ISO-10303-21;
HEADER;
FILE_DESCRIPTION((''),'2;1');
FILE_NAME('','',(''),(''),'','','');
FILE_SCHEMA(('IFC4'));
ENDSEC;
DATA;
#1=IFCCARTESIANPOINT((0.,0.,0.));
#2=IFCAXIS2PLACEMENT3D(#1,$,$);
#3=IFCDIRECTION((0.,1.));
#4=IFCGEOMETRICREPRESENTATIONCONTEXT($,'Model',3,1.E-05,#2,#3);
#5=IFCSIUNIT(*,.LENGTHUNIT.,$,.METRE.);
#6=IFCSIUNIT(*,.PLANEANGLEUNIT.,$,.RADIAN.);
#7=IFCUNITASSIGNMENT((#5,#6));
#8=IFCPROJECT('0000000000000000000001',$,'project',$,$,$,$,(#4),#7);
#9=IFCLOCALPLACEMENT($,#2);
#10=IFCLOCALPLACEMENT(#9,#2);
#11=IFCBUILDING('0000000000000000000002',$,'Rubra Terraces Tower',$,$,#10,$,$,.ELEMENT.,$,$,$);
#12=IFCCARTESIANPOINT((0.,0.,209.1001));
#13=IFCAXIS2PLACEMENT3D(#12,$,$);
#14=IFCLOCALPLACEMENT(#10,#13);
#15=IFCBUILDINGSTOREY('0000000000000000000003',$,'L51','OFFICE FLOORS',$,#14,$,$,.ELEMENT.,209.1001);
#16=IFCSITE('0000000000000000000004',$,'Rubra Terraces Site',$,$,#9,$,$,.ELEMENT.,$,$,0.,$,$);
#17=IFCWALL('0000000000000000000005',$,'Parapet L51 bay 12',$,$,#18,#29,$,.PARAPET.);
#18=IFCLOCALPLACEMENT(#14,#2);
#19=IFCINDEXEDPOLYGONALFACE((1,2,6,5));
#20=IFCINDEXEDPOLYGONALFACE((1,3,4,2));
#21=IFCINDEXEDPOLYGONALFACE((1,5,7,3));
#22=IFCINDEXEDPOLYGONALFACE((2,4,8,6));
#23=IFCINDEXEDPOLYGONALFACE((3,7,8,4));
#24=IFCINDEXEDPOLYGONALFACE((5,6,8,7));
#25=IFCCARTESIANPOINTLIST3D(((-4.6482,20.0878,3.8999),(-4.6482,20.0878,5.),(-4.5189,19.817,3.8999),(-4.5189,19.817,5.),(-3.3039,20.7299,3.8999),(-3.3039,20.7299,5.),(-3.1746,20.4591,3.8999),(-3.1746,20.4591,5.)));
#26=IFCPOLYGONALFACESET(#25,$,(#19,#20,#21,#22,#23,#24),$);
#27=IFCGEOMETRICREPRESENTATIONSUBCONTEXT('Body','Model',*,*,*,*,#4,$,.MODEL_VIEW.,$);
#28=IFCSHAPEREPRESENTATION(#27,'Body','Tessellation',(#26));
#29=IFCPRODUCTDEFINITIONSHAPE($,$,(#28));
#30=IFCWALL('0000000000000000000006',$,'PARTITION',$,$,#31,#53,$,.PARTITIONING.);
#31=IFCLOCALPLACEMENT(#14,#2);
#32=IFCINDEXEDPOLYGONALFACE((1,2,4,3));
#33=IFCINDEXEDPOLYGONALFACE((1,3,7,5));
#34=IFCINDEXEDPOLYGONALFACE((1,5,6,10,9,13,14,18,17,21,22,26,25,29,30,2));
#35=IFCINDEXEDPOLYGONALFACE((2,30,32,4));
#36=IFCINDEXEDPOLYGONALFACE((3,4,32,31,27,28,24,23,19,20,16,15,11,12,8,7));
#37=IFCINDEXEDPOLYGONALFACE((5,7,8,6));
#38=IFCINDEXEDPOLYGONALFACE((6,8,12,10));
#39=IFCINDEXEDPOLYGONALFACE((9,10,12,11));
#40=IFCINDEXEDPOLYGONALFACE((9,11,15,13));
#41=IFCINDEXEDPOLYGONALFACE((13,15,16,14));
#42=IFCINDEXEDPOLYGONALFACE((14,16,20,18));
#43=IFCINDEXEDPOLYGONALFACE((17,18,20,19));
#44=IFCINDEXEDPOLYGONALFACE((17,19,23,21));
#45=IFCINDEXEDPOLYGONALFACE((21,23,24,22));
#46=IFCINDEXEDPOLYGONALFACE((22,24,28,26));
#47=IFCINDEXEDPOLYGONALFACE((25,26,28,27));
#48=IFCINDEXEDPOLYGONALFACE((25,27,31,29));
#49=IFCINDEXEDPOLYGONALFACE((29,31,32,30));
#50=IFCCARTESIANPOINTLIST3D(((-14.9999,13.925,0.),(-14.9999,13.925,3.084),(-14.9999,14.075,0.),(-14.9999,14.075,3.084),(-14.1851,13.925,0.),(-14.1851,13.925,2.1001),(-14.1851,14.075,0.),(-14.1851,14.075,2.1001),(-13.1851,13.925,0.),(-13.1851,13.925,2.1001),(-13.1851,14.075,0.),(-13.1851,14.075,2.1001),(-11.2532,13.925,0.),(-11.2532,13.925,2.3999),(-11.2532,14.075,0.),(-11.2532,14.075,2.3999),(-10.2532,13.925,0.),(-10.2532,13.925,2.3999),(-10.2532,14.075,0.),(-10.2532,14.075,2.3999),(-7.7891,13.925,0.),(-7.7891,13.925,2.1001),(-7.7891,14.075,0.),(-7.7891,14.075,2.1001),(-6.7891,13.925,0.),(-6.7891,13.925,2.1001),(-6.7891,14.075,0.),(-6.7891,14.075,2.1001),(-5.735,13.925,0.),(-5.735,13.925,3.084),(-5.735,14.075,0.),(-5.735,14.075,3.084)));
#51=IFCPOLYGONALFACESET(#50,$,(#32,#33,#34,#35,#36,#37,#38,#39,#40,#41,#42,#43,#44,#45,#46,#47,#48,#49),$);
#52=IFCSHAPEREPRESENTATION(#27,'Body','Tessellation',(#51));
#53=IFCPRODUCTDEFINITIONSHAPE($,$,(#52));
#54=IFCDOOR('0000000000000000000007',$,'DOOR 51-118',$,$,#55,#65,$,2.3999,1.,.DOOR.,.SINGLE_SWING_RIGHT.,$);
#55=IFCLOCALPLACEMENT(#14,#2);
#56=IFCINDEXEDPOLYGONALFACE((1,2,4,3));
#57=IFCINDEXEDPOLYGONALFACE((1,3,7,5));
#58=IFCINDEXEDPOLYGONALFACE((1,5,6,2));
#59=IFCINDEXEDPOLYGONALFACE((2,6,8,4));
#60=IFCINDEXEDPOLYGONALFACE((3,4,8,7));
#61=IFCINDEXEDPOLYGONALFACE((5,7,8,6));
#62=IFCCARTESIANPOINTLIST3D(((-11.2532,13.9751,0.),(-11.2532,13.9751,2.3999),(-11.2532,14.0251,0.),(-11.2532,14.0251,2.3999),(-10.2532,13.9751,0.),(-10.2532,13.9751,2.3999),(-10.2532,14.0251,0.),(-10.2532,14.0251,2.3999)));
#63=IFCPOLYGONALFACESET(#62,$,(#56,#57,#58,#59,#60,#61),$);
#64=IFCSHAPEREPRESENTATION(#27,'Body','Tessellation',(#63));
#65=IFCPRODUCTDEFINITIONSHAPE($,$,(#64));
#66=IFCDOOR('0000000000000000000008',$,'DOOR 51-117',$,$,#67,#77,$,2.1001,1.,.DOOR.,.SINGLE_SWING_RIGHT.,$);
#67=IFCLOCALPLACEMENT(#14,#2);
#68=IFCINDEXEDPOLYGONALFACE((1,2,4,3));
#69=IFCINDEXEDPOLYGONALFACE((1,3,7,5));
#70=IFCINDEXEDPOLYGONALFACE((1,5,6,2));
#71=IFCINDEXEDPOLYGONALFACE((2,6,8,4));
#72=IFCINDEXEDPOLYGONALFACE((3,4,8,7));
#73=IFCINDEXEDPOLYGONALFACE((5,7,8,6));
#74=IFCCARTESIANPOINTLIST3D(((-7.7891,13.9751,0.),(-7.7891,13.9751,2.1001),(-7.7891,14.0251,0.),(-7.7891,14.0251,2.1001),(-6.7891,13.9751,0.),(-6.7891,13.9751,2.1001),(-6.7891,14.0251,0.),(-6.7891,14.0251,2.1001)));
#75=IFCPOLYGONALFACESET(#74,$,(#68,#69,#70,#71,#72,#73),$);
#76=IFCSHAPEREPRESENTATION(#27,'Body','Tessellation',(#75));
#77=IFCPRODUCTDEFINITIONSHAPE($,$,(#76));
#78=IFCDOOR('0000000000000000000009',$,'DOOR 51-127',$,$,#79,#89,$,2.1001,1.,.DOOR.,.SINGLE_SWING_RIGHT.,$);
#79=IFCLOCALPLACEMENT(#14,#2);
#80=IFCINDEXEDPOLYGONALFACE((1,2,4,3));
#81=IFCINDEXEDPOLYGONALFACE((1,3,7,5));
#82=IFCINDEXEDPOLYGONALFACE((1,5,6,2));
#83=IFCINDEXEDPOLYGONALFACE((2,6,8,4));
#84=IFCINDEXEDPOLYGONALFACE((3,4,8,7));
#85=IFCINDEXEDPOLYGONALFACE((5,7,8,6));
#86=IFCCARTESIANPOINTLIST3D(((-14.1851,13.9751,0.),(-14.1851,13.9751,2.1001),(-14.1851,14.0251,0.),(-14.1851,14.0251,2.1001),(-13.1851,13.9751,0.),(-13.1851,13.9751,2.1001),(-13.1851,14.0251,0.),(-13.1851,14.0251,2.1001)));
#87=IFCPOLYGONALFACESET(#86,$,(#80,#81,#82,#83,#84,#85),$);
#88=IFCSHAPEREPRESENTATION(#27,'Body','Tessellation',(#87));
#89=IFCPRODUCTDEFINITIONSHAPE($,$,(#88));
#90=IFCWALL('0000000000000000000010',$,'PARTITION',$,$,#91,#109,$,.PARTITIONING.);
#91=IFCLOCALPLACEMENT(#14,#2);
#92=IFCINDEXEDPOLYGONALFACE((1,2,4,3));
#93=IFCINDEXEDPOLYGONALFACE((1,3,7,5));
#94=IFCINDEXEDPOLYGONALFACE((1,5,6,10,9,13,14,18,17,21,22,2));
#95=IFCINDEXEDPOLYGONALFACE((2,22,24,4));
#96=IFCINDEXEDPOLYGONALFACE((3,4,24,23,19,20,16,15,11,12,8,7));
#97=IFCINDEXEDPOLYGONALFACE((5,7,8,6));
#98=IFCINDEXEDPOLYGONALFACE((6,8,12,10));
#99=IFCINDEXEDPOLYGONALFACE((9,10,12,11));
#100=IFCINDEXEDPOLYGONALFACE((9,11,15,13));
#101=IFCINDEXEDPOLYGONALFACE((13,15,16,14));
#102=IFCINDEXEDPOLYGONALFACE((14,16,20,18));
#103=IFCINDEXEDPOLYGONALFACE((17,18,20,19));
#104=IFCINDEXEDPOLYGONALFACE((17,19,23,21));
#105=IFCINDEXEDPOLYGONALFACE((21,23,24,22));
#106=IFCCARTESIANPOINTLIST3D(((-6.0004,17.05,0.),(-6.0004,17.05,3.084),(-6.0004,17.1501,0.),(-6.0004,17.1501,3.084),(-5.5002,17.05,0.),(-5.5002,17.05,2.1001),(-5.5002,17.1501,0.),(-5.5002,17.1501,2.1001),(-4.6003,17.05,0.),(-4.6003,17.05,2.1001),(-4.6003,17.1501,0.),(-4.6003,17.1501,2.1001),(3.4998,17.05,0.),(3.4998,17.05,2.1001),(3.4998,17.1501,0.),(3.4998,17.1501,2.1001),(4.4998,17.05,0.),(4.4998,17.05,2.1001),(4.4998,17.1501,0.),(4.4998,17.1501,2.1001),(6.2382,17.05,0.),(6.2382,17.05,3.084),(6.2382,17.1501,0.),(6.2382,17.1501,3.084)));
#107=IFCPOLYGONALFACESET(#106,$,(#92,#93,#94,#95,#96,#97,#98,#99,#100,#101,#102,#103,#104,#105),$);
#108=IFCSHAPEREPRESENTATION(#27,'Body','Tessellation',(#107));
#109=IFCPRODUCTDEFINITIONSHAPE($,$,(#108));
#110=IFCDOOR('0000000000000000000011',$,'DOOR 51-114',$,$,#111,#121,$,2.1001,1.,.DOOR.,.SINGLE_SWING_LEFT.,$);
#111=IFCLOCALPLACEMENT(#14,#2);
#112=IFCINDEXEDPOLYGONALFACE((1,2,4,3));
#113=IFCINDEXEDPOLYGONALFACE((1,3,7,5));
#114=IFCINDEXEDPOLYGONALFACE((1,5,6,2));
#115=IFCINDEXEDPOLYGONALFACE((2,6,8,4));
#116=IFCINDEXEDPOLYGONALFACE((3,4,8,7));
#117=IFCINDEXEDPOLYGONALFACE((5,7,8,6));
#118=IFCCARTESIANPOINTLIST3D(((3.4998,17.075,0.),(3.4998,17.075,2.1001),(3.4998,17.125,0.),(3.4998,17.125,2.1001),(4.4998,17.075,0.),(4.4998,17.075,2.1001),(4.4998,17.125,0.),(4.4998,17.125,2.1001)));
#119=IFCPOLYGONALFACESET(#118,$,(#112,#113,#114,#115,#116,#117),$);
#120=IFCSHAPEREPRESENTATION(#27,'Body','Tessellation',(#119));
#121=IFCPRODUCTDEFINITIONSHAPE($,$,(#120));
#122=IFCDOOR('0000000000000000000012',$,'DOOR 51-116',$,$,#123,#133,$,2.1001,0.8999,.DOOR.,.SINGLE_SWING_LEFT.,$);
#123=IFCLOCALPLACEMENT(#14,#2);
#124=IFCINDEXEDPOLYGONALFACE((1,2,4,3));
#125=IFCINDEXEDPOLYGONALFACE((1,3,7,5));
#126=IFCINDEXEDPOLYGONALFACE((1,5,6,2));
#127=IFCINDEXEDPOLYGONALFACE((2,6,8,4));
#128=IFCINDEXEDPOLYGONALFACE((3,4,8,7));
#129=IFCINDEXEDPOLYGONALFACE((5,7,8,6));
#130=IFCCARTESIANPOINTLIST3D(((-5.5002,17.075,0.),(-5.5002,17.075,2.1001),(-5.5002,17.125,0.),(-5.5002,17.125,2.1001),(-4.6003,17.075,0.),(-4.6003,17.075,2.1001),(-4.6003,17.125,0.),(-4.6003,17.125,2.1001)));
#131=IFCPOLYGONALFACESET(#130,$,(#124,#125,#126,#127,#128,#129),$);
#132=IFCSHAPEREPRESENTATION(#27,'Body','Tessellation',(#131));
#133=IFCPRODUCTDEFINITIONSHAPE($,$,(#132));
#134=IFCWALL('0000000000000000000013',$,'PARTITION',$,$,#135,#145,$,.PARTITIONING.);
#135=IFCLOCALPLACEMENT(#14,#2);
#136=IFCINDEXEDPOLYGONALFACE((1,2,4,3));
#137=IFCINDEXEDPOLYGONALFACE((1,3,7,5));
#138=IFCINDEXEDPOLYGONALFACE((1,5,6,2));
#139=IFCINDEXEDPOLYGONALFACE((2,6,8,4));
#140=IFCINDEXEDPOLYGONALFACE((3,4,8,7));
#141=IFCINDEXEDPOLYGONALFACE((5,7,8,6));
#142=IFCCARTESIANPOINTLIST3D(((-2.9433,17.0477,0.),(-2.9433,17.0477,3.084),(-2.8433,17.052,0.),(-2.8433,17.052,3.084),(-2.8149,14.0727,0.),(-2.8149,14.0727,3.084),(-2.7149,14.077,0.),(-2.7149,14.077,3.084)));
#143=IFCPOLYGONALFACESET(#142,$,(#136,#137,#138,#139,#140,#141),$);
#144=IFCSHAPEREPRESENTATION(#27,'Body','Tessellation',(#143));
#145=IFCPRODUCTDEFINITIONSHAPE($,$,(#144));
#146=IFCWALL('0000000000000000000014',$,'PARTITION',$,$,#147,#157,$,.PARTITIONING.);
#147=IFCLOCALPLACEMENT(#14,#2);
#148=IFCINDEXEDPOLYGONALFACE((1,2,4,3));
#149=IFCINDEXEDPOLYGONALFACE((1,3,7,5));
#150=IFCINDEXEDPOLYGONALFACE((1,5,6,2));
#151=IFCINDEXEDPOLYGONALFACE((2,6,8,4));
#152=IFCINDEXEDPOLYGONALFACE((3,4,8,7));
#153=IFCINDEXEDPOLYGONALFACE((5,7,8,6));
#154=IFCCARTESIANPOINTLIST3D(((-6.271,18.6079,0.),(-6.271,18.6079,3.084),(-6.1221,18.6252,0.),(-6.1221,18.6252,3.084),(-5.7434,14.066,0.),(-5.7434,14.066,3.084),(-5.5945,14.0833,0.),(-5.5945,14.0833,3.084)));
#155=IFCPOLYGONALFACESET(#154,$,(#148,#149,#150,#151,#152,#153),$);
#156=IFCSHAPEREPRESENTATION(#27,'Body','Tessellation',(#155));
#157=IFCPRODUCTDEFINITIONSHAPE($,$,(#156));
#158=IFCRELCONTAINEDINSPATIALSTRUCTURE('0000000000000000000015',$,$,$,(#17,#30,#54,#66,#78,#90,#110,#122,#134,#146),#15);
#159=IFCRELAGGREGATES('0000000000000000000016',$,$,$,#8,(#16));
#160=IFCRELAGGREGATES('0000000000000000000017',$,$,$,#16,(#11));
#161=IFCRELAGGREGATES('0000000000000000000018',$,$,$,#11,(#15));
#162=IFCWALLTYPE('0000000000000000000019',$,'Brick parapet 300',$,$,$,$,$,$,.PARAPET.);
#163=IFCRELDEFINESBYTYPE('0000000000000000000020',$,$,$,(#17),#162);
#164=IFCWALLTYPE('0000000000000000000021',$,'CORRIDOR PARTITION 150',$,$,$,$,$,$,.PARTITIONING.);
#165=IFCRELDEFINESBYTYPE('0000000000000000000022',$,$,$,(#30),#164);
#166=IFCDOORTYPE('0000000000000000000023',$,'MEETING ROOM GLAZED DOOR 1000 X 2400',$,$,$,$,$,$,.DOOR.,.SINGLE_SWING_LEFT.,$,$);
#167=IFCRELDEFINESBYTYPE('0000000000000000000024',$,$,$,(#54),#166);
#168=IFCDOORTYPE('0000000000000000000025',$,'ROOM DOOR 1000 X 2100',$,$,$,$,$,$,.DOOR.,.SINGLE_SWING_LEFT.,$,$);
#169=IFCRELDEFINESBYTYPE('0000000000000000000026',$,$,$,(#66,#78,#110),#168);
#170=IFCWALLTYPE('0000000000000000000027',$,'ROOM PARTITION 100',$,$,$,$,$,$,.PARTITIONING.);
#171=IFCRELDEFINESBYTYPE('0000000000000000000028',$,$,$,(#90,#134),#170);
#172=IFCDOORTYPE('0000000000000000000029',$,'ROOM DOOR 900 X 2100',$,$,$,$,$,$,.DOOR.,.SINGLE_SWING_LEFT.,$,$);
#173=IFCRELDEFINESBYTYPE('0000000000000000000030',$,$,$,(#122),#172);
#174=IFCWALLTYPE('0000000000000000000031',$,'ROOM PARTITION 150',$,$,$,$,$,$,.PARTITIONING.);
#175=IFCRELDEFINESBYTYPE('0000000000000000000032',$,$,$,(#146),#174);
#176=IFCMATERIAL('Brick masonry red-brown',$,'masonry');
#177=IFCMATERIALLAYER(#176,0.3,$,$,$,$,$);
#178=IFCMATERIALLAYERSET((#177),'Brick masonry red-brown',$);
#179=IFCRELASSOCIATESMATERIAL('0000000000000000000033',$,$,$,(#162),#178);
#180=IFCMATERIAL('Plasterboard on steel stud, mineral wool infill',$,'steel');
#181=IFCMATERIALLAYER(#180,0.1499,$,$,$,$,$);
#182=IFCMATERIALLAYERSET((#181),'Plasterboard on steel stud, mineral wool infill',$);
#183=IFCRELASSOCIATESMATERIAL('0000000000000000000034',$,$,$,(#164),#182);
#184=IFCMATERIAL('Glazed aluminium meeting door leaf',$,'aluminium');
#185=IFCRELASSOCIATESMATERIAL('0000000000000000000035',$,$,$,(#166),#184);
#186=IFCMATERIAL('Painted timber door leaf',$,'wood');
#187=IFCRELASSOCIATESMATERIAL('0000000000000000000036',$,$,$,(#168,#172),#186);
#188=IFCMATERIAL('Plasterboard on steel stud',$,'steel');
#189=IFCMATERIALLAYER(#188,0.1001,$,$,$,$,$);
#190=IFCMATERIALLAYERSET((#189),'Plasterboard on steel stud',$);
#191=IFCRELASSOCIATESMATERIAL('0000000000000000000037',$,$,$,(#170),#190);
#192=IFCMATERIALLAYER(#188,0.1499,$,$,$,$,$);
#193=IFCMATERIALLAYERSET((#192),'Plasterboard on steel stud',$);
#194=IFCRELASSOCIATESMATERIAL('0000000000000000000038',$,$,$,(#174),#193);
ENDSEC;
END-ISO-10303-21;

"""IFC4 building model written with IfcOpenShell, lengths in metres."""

from ifc_helpers import new_model, si_unit, direction, frame, frame_2d, origin, place, context, subcontext, project, spatial, rectangle, extrude, material, layer, layer_set, type_object, element, fill, save


model = new_model("IFC4")

# Units and contexts
model_context = context("Model", 3, precision=1e-05, world=origin(), true_north=direction((0.0, 1.0)))
body_context = subcontext(model_context, "Body", "Model", "MODEL_VIEW")
ifc_project = project(units=[si_unit("LENGTHUNIT", "METRE"), si_unit("PLANEANGLEUNIT", "RADIAN")], contexts=[model_context])

# Site, building, storey
site_placement = place(None, origin())
site = spatial("IfcSite", under=ifc_project, at=site_placement, Name="Rubra Terraces Site", CompositionType="ELEMENT", RefElevation=0.0)
building_placement = place(site_placement, origin())
building = spatial("IfcBuilding", under=site, at=building_placement, Name="Rubra Terraces Tower", CompositionType="ELEMENT")
storey_placement = place(building_placement, frame((0.0, 0.0, 209.1001)))
storey = spatial("IfcBuildingStorey", under=building, at=storey_placement, Name="L51", Description="OFFICE FLOORS", CompositionType="ELEMENT", Elevation=209.1001)

# Shared definitions
ifc_material_1 = material(Name="Brick masonry red-brown", Category="masonry")

# Wall
ifc_layer_1 = layer(ifc_material_1, 0.3)
ifc_layer_set_1 = layer_set([ifc_layer_1], Name="Brick masonry red-brown")
wall_type_1 = type_object("IfcWallType", Name="Brick parapet 300", PredefinedType="PARAPET", material=ifc_layer_set_1)
wall_1_placement = place(storey_placement, frame((-3.2393, 20.5945, 3.8999), z_axis=(0.0, 0.0, 1.0), x_axis=(-0.902345, -0.431015, 0.0)))
element("IfcWall", 1, at=wall_1_placement, inside=storey, type_object=wall_type_1, Name="Parapet L51 bay 12", PredefinedType="PARAPET", context=body_context, shape_type="SweptSolid", body=[
    extrude(rectangle(XDim=1.4897, YDim=0.3, at=frame_2d((0.7449, 0.0))), origin(), (0.0, 0.0, 1.0), 1.1001),
])

# Walls, openings, doors
ifc_material_2 = material(Name="Plasterboard on steel stud, mineral wool infill", Category="steel")
ifc_layer_2 = layer(ifc_material_2, 0.1499)
ifc_layer_set_2 = layer_set([ifc_layer_2], Name="Plasterboard on steel stud, mineral wool infill")
wall_type_2 = type_object("IfcWallType", Name="CORRIDOR PARTITION 150", PredefinedType="PARTITIONING", material=ifc_layer_set_2)
wall_2_placement = place(storey_placement, frame((-5.7351, 14.0, 0.0), z_axis=(0.0, 0.0, 1.0), x_axis=(-1.0, 0.0, 0.0)))
wall_2 = element("IfcWall", 2, at=wall_2_placement, inside=storey, type_object=wall_type_2, Name="PARTITION", PredefinedType="PARTITIONING", context=body_context, shape_type="SweptSolid", body=[
    extrude(rectangle(XDim=9.2649, YDim=0.1499, at=frame_2d((4.6323, 0.0))), origin(), (0.0, 0.0, 1.0), 3.084),
])
opening_1_placement = place(wall_2_placement, frame((1.054, 0.0, 0.0)))
opening_1 = element("IfcOpeningElement", 3, at=opening_1_placement, cuts=wall_2, PredefinedType="OPENING", context=body_context, shape_type="SweptSolid", body=[
    extrude(rectangle(XDim=1.0, YDim=2.1001, at=frame_2d((0.5, 1.05))), frame((0.0, 0.085, 0.0), z_axis=(0.0, -1.0, 0.0), x_axis=(1.0, 0.0, 0.0)), (0.0, 0.0, 1.0), 0.1699),
])
opening_2_placement = place(wall_2_placement, frame((4.5181, 0.0, 0.0)))
opening_2 = element("IfcOpeningElement", 4, at=opening_2_placement, cuts=wall_2, PredefinedType="OPENING", context=body_context, shape_type="SweptSolid", body=[
    extrude(rectangle(XDim=1.0, YDim=2.3999, at=frame_2d((0.5, 1.2))), frame((0.0, 0.085, 0.0), z_axis=(0.0, -1.0, 0.0), x_axis=(1.0, 0.0, 0.0)), (0.0, 0.0, 1.0), 0.1699),
])
opening_3_placement = place(wall_2_placement, frame((7.45, 0.0, 0.0)))
opening_3 = element("IfcOpeningElement", 5, at=opening_3_placement, cuts=wall_2, PredefinedType="OPENING", context=body_context, shape_type="SweptSolid", body=[
    extrude(rectangle(XDim=1.0, YDim=2.1001, at=frame_2d((0.5, 1.05))), frame((0.0, 0.085, 0.0), z_axis=(0.0, -1.0, 0.0), x_axis=(1.0, 0.0, 0.0)), (0.0, 0.0, 1.0), 0.1699),
])
ifc_material_3 = material(Name="Glazed aluminium meeting door leaf", Category="aluminium")
door_type_1 = type_object("IfcDoorType", Name="MEETING ROOM GLAZED DOOR 1000 X 2400", OperationType="SINGLE_SWING_LEFT", PredefinedType="DOOR", material=ifc_material_3)
door_1_placement = place(opening_2_placement, origin())
door_1 = element("IfcDoor", 6, at=door_1_placement, inside=storey, type_object=door_type_1, Name="DOOR 51-118", OperationType="SINGLE_SWING_RIGHT", OverallHeight=2.3999, OverallWidth=1.0, PredefinedType="DOOR", context=body_context, shape_type="SweptSolid", body=[
    extrude(rectangle(XDim=1.0, YDim=2.3999, at=frame_2d((0.5, 1.2))), frame((0.0, 0.0249, 0.0), z_axis=(0.0, -1.0, 0.0), x_axis=(1.0, 0.0, 0.0)), (0.0, 0.0, 1.0), 0.05),
])
fill(opening_2, door_1)
ifc_material_4 = material(Name="Painted timber door leaf", Category="wood")
door_type_2 = type_object("IfcDoorType", Name="ROOM DOOR 1000 X 2100", OperationType="SINGLE_SWING_LEFT", PredefinedType="DOOR", material=ifc_material_4)
door_2_placement = place(opening_1_placement, origin())
door_2 = element("IfcDoor", 7, at=door_2_placement, inside=storey, type_object=door_type_2, Name="DOOR 51-117", OperationType="SINGLE_SWING_RIGHT", OverallHeight=2.1001, OverallWidth=1.0, PredefinedType="DOOR", context=body_context, shape_type="SweptSolid", body=[
    extrude(rectangle(XDim=1.0, YDim=2.1001, at=frame_2d((0.5, 1.05))), frame((0.0, 0.0249, 0.0), z_axis=(0.0, -1.0, 0.0), x_axis=(1.0, 0.0, 0.0)), (0.0, 0.0, 1.0), 0.05),
])
fill(opening_1, door_2)
door_3_placement = place(opening_3_placement, origin())
door_3 = element("IfcDoor", 8, at=door_3_placement, inside=storey, type_object=door_type_2, Name="DOOR 51-127", OperationType="SINGLE_SWING_RIGHT", OverallHeight=2.1001, OverallWidth=1.0, PredefinedType="DOOR", context=body_context, shape_type="SweptSolid", body=[
    extrude(rectangle(XDim=1.0, YDim=2.1001, at=frame_2d((0.5, 1.05))), frame((0.0, 0.0249, 0.0), z_axis=(0.0, -1.0, 0.0), x_axis=(1.0, 0.0, 0.0)), (0.0, 0.0, 1.0), 0.05),
])
fill(opening_3, door_3)
ifc_material_5 = material(Name="Plasterboard on steel stud", Category="steel")
ifc_layer_3 = layer(ifc_material_5, 0.1001)
ifc_layer_set_3 = layer_set([ifc_layer_3], Name="Plasterboard on steel stud")
wall_type_3 = type_object("IfcWallType", Name="ROOM PARTITION 100", PredefinedType="PARTITIONING", material=ifc_layer_set_3)
wall_3_placement = place(storey_placement, frame((-6.0002, 17.1001, 0.0), z_axis=(0.0, 0.0, 1.0), x_axis=(1.0, 0.0, 0.0)))
wall_3 = element("IfcWall", 9, at=wall_3_placement, inside=storey, type_object=wall_type_3, Name="PARTITION", PredefinedType="PARTITIONING", context=body_context, shape_type="SweptSolid", body=[
    extrude(rectangle(XDim=12.2385, YDim=0.1001, at=frame_2d((6.1191, 0.0))), origin(), (0.0, 0.0, 1.0), 3.084),
])
opening_4_placement = place(wall_3_placement, frame((9.5, 0.0, 0.0)))
opening_4 = element("IfcOpeningElement", 10, at=opening_4_placement, cuts=wall_3, PredefinedType="OPENING", context=body_context, shape_type="SweptSolid", body=[
    extrude(rectangle(XDim=1.0, YDim=2.1001, at=frame_2d((0.5, 1.05))), frame((0.0, 0.0601, 0.0), z_axis=(0.0, -1.0, 0.0), x_axis=(1.0, 0.0, 0.0)), (0.0, 0.0, 1.0), 0.1201),
])
opening_5_placement = place(wall_3_placement, frame((0.5, 0.0, 0.0)))
opening_5 = element("IfcOpeningElement", 11, at=opening_5_placement, cuts=wall_3, PredefinedType="OPENING", context=body_context, shape_type="SweptSolid", body=[
    extrude(rectangle(XDim=0.8999, YDim=2.1001, at=frame_2d((0.45, 1.05))), frame((0.0, 0.0601, 0.0), z_axis=(0.0, -1.0, 0.0), x_axis=(1.0, 0.0, 0.0)), (0.0, 0.0, 1.0), 0.1201),
])
door_4_placement = place(opening_4_placement, origin())
door_4 = element("IfcDoor", 12, at=door_4_placement, inside=storey, type_object=door_type_2, Name="DOOR 51-114", OperationType="SINGLE_SWING_LEFT", OverallHeight=2.1001, OverallWidth=1.0, PredefinedType="DOOR", context=body_context, shape_type="SweptSolid", body=[
    extrude(rectangle(XDim=1.0, YDim=2.1001, at=frame_2d((0.5, 1.05))), frame((0.0, 0.0249, 0.0), z_axis=(0.0, -1.0, 0.0), x_axis=(1.0, 0.0, 0.0)), (0.0, 0.0, 1.0), 0.05),
])
fill(opening_4, door_4)
door_type_3 = type_object("IfcDoorType", Name="ROOM DOOR 900 X 2100", OperationType="SINGLE_SWING_LEFT", PredefinedType="DOOR", material=ifc_material_4)
door_5_placement = place(opening_5_placement, origin())
door_5 = element("IfcDoor", 13, at=door_5_placement, inside=storey, type_object=door_type_3, Name="DOOR 51-116", OperationType="SINGLE_SWING_LEFT", OverallHeight=2.1001, OverallWidth=0.8999, PredefinedType="DOOR", context=body_context, shape_type="SweptSolid", body=[
    extrude(rectangle(XDim=0.8999, YDim=2.1001, at=frame_2d((0.45, 1.05))), frame((0.0, 0.0249, 0.0), z_axis=(0.0, -1.0, 0.0), x_axis=(1.0, 0.0, 0.0)), (0.0, 0.0, 1.0), 0.05),
])
fill(opening_5, door_5)

# Walls
wall_4_placement = place(storey_placement, frame((-2.7649, 14.075, 0.0), z_axis=(0.0, 0.0, 1.0), x_axis=(-0.043124, 0.99907, 0.0)))
element("IfcWall", 14, at=wall_4_placement, inside=storey, type_object=wall_type_3, Name="PARTITION", PredefinedType="PARTITIONING", context=body_context, shape_type="SweptSolid", body=[
    extrude(rectangle(XDim=2.9778, YDim=0.1001, at=frame_2d((1.4888, 0.0))), origin(), (0.0, 0.0, 1.0), 3.084),
])
ifc_layer_4 = layer(ifc_material_5, 0.1499)
ifc_layer_set_4 = layer_set([ifc_layer_4], Name="Plasterboard on steel stud")
wall_type_4 = type_object("IfcWallType", Name="ROOM PARTITION 150", PredefinedType="PARTITIONING", material=ifc_layer_set_4)
wall_5_placement = place(storey_placement, frame((-6.1965, 18.6165, 0.0), z_axis=(0.0, 0.0, 1.0), x_axis=(0.115382, -0.993321, 0.0)))
element("IfcWall", 15, at=wall_5_placement, inside=storey, type_object=wall_type_4, Name="PARTITION", PredefinedType="PARTITIONING", context=body_context, shape_type="SweptSolid", body=[
    extrude(rectangle(XDim=4.5725, YDim=0.1499, at=frame_2d((2.2861, 0.0))), origin(), (0.0, 0.0, 1.0), 3.084),
])

save(model, "model.ifc")
